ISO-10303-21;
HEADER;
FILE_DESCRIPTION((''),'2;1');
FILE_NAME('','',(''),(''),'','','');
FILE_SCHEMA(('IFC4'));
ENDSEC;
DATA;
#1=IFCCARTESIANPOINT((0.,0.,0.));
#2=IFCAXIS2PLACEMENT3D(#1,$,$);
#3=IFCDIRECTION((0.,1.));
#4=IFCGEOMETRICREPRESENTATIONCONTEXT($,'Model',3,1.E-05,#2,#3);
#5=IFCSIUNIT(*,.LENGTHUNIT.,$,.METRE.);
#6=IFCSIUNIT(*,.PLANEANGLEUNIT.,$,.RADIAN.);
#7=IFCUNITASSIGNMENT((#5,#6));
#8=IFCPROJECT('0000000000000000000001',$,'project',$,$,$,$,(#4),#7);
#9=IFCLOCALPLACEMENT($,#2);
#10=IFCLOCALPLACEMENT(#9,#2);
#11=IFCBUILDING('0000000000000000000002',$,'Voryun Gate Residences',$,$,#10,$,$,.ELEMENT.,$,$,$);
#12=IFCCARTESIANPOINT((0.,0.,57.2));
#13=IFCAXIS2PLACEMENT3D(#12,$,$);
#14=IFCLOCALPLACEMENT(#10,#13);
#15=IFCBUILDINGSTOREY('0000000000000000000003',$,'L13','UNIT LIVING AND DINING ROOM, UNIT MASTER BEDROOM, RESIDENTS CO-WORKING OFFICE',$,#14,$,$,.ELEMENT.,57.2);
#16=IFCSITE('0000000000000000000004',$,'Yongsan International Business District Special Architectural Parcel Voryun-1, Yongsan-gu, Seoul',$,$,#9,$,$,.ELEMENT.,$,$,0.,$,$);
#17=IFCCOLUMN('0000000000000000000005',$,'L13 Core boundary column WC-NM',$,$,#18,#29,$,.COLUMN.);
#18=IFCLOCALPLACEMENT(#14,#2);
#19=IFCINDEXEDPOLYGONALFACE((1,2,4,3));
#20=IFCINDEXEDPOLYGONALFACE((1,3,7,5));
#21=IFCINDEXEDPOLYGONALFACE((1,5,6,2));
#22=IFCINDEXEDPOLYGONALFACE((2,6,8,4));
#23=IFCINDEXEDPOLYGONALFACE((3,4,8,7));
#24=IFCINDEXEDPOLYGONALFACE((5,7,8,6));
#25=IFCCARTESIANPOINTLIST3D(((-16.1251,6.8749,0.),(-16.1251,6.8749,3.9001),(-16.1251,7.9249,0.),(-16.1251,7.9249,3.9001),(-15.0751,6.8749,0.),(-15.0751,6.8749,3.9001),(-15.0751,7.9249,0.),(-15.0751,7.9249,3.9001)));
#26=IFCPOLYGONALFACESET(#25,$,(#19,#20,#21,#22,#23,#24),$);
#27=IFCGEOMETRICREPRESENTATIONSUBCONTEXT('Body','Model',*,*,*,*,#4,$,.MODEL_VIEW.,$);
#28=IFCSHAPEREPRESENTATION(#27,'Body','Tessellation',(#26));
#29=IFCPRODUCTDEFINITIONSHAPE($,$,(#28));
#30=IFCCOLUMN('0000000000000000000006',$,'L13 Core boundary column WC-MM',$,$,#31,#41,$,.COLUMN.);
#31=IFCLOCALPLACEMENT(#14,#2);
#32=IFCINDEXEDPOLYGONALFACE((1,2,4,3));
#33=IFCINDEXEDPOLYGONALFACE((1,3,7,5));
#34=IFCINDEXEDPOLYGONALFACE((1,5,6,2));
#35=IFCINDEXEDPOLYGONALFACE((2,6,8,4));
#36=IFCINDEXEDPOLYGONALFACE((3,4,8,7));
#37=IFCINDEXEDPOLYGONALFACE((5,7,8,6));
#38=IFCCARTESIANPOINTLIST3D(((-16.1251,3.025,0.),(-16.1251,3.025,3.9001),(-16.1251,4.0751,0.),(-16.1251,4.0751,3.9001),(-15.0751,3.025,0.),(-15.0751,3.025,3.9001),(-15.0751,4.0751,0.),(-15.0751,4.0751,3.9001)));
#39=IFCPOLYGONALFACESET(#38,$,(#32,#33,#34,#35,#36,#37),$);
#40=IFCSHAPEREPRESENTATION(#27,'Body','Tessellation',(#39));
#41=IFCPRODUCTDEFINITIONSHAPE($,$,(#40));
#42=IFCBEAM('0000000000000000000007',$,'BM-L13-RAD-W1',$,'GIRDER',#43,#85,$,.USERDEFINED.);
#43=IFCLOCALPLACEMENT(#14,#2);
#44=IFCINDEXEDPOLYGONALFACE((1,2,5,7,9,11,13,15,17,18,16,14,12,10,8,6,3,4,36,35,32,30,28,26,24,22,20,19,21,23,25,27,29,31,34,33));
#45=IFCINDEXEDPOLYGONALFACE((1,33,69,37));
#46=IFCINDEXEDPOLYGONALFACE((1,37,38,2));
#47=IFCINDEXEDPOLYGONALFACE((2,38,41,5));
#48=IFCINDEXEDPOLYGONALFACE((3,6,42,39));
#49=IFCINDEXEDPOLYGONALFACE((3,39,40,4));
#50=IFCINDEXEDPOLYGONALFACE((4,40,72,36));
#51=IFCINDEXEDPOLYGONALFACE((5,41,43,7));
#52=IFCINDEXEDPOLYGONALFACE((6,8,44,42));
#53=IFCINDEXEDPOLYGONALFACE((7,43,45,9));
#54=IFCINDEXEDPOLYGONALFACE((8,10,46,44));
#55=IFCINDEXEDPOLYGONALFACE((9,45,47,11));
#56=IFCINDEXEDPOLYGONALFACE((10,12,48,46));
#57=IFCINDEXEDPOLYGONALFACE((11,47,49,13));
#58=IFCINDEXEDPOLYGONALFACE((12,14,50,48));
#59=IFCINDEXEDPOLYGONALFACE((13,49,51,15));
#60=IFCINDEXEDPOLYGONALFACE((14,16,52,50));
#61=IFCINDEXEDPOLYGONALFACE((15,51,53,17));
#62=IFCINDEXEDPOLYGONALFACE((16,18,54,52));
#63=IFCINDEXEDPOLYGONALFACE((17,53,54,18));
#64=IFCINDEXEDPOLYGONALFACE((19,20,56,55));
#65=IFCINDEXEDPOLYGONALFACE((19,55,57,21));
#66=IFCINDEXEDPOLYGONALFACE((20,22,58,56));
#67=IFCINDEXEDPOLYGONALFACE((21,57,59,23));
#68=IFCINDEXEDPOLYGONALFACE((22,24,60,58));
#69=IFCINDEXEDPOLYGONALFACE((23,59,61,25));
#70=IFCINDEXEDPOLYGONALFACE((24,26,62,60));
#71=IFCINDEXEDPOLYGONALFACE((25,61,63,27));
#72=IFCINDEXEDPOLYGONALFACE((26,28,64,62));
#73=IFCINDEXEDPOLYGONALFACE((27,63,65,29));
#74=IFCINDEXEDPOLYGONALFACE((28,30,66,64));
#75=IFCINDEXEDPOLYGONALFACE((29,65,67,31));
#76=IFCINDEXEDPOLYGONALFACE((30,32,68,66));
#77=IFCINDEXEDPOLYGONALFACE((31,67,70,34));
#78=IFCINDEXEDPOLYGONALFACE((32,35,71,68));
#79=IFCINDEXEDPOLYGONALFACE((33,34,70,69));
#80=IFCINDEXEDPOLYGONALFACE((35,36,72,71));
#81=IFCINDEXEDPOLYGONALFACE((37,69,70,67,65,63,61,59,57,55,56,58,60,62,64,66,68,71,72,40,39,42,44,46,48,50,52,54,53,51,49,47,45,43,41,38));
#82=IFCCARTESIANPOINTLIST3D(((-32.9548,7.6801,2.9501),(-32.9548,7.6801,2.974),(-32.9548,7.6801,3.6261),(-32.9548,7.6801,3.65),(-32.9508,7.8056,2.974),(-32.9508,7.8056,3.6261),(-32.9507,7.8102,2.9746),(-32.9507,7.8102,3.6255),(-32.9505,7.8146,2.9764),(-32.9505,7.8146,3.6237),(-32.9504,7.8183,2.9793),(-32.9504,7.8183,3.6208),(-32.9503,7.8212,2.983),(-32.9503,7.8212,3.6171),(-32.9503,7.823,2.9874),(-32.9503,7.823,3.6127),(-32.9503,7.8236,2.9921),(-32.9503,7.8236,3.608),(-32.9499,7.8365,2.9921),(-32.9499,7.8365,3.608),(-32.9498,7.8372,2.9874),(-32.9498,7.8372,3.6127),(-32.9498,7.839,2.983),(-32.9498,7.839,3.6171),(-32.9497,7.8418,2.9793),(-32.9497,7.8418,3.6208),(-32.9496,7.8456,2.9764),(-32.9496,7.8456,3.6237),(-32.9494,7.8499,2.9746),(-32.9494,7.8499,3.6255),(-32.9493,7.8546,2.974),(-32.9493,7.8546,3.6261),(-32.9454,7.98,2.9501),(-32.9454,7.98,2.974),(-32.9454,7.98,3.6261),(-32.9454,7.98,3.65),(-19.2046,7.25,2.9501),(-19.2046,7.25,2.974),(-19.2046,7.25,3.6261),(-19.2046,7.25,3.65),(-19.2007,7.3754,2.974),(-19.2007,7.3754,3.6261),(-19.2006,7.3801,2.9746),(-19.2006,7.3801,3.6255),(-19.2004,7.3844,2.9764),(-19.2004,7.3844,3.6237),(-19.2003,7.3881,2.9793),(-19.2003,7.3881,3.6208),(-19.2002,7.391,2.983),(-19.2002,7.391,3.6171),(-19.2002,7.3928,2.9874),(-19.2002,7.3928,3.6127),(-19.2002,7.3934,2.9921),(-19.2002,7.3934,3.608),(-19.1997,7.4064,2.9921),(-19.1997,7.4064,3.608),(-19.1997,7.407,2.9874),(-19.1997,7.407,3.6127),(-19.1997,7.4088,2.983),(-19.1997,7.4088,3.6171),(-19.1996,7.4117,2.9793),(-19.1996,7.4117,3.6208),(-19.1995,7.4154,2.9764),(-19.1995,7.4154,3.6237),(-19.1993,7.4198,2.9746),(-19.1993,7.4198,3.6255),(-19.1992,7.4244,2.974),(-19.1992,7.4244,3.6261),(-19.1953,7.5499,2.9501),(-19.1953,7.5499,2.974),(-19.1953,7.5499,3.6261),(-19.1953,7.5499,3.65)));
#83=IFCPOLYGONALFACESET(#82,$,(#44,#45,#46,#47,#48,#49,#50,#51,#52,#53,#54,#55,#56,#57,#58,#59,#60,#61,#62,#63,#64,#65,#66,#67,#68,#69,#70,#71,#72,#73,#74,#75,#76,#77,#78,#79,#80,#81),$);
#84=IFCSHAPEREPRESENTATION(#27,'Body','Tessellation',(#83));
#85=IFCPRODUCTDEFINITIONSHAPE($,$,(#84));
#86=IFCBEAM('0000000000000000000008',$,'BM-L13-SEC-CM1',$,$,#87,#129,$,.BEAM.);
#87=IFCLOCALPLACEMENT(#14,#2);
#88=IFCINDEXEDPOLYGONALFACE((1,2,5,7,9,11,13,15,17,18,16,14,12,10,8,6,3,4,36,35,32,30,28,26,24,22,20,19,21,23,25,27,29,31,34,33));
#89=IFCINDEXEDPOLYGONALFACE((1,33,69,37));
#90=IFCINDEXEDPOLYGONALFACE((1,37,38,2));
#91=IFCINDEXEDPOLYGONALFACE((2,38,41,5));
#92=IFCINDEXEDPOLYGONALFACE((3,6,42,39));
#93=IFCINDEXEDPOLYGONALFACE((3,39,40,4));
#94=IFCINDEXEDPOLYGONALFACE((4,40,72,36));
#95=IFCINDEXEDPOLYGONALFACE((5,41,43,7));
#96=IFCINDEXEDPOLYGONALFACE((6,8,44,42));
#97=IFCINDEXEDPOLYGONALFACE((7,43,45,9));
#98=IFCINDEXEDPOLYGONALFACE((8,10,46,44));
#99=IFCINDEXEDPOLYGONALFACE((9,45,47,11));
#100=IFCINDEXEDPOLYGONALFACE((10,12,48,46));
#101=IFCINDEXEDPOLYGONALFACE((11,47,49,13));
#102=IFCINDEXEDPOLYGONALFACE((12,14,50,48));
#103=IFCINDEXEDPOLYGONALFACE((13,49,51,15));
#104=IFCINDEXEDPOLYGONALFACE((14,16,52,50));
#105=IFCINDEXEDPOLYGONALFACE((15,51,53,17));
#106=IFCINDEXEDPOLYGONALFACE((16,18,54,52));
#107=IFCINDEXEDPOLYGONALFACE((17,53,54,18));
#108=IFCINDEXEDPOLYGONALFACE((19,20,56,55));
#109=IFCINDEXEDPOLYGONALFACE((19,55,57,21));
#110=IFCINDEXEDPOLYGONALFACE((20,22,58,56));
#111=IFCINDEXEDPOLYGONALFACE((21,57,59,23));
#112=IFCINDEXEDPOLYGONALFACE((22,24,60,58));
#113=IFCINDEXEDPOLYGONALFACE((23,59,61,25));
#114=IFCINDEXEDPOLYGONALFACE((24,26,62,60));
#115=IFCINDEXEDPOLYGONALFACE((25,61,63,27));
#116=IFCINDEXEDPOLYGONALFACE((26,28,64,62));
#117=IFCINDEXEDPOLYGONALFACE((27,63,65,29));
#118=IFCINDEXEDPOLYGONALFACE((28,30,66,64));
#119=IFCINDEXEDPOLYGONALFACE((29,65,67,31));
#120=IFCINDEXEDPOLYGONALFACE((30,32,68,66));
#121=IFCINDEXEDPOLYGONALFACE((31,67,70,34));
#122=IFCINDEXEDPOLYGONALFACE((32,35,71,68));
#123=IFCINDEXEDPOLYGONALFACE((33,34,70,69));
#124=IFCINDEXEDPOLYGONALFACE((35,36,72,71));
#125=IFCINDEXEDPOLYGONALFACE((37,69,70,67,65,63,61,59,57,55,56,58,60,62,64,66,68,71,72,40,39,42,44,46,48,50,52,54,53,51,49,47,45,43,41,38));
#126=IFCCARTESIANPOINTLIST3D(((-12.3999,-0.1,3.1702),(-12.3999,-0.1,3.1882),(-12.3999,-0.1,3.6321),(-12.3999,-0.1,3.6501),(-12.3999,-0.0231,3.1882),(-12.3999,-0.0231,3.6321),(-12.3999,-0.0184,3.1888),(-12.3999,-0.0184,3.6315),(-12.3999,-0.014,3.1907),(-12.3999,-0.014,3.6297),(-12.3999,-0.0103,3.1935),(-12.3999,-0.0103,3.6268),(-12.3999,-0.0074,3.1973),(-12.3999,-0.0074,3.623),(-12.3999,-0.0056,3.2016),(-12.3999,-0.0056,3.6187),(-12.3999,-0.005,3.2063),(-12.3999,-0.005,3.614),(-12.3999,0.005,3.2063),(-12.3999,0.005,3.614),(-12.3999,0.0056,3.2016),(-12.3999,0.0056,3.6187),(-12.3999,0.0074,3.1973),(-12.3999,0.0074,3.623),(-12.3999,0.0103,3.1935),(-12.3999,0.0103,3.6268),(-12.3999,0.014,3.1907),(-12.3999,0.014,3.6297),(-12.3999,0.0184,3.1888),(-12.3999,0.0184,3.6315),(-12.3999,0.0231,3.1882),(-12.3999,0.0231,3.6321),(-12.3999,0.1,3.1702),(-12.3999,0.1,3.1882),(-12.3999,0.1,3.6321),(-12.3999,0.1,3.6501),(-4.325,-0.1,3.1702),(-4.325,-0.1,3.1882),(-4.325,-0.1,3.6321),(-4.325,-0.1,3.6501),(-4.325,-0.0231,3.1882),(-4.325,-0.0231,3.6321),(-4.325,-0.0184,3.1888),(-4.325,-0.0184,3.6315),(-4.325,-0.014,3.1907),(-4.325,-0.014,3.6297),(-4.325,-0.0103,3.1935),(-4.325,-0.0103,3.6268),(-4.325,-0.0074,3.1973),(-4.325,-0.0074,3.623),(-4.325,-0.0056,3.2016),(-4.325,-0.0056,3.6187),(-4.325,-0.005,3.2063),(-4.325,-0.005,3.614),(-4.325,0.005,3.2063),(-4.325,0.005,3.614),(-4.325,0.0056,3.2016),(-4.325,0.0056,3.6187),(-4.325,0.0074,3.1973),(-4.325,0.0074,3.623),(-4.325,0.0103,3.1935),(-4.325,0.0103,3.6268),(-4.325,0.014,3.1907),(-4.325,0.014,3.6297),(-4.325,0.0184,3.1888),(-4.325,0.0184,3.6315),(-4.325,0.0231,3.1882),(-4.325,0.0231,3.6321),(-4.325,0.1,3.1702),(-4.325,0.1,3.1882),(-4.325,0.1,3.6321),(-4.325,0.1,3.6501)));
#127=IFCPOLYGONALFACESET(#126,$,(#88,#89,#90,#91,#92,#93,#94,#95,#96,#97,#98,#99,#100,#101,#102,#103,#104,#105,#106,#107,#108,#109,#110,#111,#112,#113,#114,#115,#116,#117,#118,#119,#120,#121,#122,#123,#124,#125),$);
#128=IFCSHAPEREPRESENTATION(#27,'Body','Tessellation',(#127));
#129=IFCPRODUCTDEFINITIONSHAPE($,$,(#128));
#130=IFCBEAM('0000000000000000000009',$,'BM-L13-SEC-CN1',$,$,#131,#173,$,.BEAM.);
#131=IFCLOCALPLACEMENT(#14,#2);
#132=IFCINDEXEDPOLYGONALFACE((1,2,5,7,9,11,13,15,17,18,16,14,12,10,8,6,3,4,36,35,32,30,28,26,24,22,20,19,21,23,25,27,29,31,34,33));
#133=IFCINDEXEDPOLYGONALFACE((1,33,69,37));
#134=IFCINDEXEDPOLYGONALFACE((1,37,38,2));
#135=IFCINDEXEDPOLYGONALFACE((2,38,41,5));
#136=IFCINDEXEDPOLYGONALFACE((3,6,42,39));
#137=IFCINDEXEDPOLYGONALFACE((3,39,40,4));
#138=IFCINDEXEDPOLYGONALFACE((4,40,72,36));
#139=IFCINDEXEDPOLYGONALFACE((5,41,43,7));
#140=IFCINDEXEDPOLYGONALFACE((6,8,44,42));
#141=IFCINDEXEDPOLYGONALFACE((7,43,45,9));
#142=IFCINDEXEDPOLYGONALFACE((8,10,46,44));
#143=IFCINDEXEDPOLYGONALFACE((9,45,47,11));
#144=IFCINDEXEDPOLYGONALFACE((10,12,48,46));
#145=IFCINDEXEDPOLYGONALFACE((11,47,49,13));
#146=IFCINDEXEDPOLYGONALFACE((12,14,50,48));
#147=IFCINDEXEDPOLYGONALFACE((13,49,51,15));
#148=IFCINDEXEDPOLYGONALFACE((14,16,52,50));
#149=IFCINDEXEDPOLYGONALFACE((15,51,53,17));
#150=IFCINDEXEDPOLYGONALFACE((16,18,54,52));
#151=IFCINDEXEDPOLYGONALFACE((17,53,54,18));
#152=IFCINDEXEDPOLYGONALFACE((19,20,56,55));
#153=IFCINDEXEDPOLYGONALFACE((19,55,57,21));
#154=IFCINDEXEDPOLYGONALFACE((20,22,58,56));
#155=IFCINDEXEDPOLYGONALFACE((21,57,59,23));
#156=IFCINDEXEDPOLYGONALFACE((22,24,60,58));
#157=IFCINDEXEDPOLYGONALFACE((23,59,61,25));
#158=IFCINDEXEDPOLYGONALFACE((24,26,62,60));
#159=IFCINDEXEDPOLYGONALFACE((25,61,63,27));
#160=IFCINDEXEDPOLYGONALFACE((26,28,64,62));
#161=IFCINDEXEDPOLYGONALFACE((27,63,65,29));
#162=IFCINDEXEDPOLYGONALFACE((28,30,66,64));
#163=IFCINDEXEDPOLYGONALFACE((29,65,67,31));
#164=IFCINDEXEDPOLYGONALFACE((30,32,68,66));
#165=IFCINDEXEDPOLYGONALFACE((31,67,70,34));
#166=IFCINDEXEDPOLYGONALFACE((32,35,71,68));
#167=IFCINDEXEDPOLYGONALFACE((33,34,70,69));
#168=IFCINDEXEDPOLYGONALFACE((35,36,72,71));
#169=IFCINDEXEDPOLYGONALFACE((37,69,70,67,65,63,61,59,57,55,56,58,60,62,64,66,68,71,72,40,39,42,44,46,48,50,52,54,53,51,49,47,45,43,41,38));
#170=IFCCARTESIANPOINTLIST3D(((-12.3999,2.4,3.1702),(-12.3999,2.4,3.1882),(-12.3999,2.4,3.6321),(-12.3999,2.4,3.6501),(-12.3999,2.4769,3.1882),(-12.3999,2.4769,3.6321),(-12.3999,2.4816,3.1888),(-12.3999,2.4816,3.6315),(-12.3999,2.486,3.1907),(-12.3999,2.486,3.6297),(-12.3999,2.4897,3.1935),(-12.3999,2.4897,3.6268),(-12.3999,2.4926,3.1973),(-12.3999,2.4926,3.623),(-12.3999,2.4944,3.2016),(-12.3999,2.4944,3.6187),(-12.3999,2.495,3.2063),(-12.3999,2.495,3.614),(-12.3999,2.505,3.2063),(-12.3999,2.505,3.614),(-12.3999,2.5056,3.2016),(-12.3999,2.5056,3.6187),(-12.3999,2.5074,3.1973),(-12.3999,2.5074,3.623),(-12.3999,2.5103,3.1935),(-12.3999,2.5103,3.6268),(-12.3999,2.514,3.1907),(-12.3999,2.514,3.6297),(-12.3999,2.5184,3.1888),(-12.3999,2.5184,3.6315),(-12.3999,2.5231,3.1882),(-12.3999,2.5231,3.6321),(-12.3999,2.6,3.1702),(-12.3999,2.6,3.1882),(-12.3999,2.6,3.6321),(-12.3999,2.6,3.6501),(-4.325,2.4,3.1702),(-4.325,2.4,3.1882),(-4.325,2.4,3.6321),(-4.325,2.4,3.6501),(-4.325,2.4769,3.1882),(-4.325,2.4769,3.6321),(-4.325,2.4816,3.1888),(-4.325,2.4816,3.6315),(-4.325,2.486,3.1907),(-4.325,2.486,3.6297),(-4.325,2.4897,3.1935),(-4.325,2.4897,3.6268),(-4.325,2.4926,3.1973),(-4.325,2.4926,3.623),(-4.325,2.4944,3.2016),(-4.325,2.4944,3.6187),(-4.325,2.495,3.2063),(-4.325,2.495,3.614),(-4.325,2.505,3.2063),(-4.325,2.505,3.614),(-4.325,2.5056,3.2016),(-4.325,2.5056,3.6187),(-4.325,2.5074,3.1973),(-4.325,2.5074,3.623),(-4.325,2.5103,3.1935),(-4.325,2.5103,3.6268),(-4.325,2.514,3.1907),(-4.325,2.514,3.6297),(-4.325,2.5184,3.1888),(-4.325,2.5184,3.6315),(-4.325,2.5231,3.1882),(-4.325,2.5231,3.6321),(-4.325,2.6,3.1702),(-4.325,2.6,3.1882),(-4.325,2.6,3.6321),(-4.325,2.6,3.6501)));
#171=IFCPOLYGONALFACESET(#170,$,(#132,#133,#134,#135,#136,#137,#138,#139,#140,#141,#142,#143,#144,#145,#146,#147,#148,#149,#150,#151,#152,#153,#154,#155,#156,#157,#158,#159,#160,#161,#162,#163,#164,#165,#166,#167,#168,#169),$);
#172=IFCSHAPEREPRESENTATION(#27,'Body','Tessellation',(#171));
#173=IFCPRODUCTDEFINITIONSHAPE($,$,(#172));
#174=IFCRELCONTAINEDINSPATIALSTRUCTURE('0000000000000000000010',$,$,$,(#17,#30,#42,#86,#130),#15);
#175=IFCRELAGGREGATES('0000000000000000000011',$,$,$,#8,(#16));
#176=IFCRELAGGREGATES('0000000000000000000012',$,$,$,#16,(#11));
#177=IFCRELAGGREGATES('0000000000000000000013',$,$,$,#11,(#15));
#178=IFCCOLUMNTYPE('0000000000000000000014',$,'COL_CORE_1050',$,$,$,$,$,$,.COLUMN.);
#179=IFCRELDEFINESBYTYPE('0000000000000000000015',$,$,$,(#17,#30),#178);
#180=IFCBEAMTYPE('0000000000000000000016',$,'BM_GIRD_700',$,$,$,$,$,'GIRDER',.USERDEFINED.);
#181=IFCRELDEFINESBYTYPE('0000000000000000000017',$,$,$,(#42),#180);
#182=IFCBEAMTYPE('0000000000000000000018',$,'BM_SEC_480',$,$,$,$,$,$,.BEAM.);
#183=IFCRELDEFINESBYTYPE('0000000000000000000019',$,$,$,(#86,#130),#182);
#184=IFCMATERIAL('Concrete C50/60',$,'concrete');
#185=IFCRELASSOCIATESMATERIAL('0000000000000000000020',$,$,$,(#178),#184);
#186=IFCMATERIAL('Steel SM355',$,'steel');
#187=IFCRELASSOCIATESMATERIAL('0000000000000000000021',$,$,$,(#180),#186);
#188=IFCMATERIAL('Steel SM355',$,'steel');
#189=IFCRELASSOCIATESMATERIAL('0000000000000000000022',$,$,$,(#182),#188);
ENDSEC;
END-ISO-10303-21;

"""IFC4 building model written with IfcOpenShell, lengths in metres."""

from ifc_helpers import new_model, si_unit, direction, frame, origin, origin_2d, place, context, subcontext, project, spatial, rectangle, i_section, extrude, material, material_profile, profile_set, type_object, element, save


model = new_model("IFC4")

# Units and contexts
model_context = context("Model", 3, precision=1e-05, world=origin(), true_north=direction((0.0, 1.0)))
body_context = subcontext(model_context, "Body", "Model", "MODEL_VIEW")
ifc_project = project(units=[si_unit("LENGTHUNIT", "METRE"), si_unit("PLANEANGLEUNIT", "RADIAN")], contexts=[model_context])

# Site, building, storey
site_placement = place(None, origin())
site = spatial("IfcSite", under=ifc_project, at=site_placement, Name="Yongsan International Business District Special Architectural Parcel Voryun-1, Yongsan-gu, Seoul", CompositionType="ELEMENT", RefElevation=0.0)
building_placement = place(site_placement, origin())
building = spatial("IfcBuilding", under=site, at=building_placement, Name="Voryun Gate Residences", CompositionType="ELEMENT")
storey_placement = place(building_placement, frame((0.0, 0.0, 57.2)))
storey = spatial("IfcBuildingStorey", under=building, at=storey_placement, Name="L13", Description="UNIT LIVING AND DINING ROOM, UNIT MASTER BEDROOM, RESIDENTS CO-WORKING OFFICE", CompositionType="ELEMENT", Elevation=57.2)

# Columns
ifc_material_1 = material(Name="Concrete C50/60", Category="concrete")
ifc_material_profile_1 = material_profile(ifc_material_1, rectangle(XDim=1.05, YDim=1.05, at=origin_2d()), Name="RC-1050x1050")
ifc_profile_set_1 = profile_set([ifc_material_profile_1], Name="Concrete C50/60")
column_type = type_object("IfcColumnType", Name="COL_CORE_1050", PredefinedType="COLUMN", material=ifc_profile_set_1)
for number, where, z_axis, x_axis, name in (
    (1, (-15.6001, 7.3999, 0.0), (0.0, 0.0, 1.0), (1.0, 0.0, 0.0), "L13 Core boundary column WC-NM"),
    (2, (-15.6001, 3.55, 0.0), (0.0, 0.0, 1.0), (1.0, 0.0, 0.0), "L13 Core boundary column WC-MM"),
):
    element("IfcColumn", number, at=place(storey_placement, frame(where, z_axis=z_axis, x_axis=x_axis)), inside=storey, type_object=column_type, Name=name, PredefinedType="COLUMN", context=body_context, shape_type="SweptSolid", body=[
        extrude(rectangle(XDim=1.05, YDim=1.05, at=origin_2d()), origin(), (0.0, 0.0, 1.0), 3.9001),
    ])

# Beams
ifc_material_2 = material(Name="Steel SM355", Category="steel")
ifc_material_profile_2 = material_profile(ifc_material_2, i_section(OverallWidth=0.3, OverallDepth=0.7, WebThickness=0.0129, FlangeThickness=0.0239, FilletRadius=0.0181, at=origin_2d()), Name="H-700x300x13x24")
ifc_profile_set_2 = profile_set([ifc_material_profile_2], Name="Steel SM355")
beam_type_1 = type_object("IfcBeamType", Name="BM_GIRD_700", ElementType="GIRDER", PredefinedType="USERDEFINED", material=ifc_profile_set_2)
beam_placement = place(storey_placement, frame((-19.2, 7.3999, 3.3), z_axis=(-0.999511, 0.03127, 0.0), x_axis=(-0.03127, -0.999511, 0.0)))
element("IfcBeam", 3, at=beam_placement, inside=storey, type_object=beam_type_1, Name="BM-L13-RAD-W1", ObjectType="GIRDER", PredefinedType="USERDEFINED", context=body_context, shape_type="SweptSolid", body=[
    extrude(i_section(OverallWidth=0.3, OverallDepth=0.7, WebThickness=0.0129, FlangeThickness=0.0239, FilletRadius=0.0181, at=origin_2d()), origin(), (0.0, 0.0, 1.0), 13.7568),
])
ifc_material_3 = material(Name="Steel SM355", Category="steel")
ifc_material_profile_3 = material_profile(ifc_material_3, i_section(OverallWidth=0.2, OverallDepth=0.48, WebThickness=0.01, FlangeThickness=0.0181, FilletRadius=0.0181, at=origin_2d()), Name="H-480x200x10x18")
ifc_profile_set_3 = profile_set([ifc_material_profile_3], Name="Steel SM355")
beam_type_2 = type_object("IfcBeamType", Name="BM_SEC_480", PredefinedType="BEAM", material=ifc_profile_set_3)
for number, where, z_axis, x_axis, name in (
    (4, (-12.3999, 0.0, 3.4102), (1.0, 0.0, 0.0), (0.0, 1.0, 0.0), "BM-L13-SEC-CM1"),
    (5, (-12.3999, 2.5, 3.4102), (1.0, 0.0, 0.0), (0.0, 1.0, 0.0), "BM-L13-SEC-CN1"),
):
    element("IfcBeam", number, at=place(storey_placement, frame(where, z_axis=z_axis, x_axis=x_axis)), inside=storey, type_object=beam_type_2, Name=name, PredefinedType="BEAM", context=body_context, shape_type="SweptSolid", body=[
        extrude(i_section(OverallWidth=0.2, OverallDepth=0.48, WebThickness=0.01, FlangeThickness=0.0181, FilletRadius=0.0181, at=origin_2d()), origin(), (0.0, 0.0, 1.0), 8.075),
    ])

save(model, "model.ifc")
